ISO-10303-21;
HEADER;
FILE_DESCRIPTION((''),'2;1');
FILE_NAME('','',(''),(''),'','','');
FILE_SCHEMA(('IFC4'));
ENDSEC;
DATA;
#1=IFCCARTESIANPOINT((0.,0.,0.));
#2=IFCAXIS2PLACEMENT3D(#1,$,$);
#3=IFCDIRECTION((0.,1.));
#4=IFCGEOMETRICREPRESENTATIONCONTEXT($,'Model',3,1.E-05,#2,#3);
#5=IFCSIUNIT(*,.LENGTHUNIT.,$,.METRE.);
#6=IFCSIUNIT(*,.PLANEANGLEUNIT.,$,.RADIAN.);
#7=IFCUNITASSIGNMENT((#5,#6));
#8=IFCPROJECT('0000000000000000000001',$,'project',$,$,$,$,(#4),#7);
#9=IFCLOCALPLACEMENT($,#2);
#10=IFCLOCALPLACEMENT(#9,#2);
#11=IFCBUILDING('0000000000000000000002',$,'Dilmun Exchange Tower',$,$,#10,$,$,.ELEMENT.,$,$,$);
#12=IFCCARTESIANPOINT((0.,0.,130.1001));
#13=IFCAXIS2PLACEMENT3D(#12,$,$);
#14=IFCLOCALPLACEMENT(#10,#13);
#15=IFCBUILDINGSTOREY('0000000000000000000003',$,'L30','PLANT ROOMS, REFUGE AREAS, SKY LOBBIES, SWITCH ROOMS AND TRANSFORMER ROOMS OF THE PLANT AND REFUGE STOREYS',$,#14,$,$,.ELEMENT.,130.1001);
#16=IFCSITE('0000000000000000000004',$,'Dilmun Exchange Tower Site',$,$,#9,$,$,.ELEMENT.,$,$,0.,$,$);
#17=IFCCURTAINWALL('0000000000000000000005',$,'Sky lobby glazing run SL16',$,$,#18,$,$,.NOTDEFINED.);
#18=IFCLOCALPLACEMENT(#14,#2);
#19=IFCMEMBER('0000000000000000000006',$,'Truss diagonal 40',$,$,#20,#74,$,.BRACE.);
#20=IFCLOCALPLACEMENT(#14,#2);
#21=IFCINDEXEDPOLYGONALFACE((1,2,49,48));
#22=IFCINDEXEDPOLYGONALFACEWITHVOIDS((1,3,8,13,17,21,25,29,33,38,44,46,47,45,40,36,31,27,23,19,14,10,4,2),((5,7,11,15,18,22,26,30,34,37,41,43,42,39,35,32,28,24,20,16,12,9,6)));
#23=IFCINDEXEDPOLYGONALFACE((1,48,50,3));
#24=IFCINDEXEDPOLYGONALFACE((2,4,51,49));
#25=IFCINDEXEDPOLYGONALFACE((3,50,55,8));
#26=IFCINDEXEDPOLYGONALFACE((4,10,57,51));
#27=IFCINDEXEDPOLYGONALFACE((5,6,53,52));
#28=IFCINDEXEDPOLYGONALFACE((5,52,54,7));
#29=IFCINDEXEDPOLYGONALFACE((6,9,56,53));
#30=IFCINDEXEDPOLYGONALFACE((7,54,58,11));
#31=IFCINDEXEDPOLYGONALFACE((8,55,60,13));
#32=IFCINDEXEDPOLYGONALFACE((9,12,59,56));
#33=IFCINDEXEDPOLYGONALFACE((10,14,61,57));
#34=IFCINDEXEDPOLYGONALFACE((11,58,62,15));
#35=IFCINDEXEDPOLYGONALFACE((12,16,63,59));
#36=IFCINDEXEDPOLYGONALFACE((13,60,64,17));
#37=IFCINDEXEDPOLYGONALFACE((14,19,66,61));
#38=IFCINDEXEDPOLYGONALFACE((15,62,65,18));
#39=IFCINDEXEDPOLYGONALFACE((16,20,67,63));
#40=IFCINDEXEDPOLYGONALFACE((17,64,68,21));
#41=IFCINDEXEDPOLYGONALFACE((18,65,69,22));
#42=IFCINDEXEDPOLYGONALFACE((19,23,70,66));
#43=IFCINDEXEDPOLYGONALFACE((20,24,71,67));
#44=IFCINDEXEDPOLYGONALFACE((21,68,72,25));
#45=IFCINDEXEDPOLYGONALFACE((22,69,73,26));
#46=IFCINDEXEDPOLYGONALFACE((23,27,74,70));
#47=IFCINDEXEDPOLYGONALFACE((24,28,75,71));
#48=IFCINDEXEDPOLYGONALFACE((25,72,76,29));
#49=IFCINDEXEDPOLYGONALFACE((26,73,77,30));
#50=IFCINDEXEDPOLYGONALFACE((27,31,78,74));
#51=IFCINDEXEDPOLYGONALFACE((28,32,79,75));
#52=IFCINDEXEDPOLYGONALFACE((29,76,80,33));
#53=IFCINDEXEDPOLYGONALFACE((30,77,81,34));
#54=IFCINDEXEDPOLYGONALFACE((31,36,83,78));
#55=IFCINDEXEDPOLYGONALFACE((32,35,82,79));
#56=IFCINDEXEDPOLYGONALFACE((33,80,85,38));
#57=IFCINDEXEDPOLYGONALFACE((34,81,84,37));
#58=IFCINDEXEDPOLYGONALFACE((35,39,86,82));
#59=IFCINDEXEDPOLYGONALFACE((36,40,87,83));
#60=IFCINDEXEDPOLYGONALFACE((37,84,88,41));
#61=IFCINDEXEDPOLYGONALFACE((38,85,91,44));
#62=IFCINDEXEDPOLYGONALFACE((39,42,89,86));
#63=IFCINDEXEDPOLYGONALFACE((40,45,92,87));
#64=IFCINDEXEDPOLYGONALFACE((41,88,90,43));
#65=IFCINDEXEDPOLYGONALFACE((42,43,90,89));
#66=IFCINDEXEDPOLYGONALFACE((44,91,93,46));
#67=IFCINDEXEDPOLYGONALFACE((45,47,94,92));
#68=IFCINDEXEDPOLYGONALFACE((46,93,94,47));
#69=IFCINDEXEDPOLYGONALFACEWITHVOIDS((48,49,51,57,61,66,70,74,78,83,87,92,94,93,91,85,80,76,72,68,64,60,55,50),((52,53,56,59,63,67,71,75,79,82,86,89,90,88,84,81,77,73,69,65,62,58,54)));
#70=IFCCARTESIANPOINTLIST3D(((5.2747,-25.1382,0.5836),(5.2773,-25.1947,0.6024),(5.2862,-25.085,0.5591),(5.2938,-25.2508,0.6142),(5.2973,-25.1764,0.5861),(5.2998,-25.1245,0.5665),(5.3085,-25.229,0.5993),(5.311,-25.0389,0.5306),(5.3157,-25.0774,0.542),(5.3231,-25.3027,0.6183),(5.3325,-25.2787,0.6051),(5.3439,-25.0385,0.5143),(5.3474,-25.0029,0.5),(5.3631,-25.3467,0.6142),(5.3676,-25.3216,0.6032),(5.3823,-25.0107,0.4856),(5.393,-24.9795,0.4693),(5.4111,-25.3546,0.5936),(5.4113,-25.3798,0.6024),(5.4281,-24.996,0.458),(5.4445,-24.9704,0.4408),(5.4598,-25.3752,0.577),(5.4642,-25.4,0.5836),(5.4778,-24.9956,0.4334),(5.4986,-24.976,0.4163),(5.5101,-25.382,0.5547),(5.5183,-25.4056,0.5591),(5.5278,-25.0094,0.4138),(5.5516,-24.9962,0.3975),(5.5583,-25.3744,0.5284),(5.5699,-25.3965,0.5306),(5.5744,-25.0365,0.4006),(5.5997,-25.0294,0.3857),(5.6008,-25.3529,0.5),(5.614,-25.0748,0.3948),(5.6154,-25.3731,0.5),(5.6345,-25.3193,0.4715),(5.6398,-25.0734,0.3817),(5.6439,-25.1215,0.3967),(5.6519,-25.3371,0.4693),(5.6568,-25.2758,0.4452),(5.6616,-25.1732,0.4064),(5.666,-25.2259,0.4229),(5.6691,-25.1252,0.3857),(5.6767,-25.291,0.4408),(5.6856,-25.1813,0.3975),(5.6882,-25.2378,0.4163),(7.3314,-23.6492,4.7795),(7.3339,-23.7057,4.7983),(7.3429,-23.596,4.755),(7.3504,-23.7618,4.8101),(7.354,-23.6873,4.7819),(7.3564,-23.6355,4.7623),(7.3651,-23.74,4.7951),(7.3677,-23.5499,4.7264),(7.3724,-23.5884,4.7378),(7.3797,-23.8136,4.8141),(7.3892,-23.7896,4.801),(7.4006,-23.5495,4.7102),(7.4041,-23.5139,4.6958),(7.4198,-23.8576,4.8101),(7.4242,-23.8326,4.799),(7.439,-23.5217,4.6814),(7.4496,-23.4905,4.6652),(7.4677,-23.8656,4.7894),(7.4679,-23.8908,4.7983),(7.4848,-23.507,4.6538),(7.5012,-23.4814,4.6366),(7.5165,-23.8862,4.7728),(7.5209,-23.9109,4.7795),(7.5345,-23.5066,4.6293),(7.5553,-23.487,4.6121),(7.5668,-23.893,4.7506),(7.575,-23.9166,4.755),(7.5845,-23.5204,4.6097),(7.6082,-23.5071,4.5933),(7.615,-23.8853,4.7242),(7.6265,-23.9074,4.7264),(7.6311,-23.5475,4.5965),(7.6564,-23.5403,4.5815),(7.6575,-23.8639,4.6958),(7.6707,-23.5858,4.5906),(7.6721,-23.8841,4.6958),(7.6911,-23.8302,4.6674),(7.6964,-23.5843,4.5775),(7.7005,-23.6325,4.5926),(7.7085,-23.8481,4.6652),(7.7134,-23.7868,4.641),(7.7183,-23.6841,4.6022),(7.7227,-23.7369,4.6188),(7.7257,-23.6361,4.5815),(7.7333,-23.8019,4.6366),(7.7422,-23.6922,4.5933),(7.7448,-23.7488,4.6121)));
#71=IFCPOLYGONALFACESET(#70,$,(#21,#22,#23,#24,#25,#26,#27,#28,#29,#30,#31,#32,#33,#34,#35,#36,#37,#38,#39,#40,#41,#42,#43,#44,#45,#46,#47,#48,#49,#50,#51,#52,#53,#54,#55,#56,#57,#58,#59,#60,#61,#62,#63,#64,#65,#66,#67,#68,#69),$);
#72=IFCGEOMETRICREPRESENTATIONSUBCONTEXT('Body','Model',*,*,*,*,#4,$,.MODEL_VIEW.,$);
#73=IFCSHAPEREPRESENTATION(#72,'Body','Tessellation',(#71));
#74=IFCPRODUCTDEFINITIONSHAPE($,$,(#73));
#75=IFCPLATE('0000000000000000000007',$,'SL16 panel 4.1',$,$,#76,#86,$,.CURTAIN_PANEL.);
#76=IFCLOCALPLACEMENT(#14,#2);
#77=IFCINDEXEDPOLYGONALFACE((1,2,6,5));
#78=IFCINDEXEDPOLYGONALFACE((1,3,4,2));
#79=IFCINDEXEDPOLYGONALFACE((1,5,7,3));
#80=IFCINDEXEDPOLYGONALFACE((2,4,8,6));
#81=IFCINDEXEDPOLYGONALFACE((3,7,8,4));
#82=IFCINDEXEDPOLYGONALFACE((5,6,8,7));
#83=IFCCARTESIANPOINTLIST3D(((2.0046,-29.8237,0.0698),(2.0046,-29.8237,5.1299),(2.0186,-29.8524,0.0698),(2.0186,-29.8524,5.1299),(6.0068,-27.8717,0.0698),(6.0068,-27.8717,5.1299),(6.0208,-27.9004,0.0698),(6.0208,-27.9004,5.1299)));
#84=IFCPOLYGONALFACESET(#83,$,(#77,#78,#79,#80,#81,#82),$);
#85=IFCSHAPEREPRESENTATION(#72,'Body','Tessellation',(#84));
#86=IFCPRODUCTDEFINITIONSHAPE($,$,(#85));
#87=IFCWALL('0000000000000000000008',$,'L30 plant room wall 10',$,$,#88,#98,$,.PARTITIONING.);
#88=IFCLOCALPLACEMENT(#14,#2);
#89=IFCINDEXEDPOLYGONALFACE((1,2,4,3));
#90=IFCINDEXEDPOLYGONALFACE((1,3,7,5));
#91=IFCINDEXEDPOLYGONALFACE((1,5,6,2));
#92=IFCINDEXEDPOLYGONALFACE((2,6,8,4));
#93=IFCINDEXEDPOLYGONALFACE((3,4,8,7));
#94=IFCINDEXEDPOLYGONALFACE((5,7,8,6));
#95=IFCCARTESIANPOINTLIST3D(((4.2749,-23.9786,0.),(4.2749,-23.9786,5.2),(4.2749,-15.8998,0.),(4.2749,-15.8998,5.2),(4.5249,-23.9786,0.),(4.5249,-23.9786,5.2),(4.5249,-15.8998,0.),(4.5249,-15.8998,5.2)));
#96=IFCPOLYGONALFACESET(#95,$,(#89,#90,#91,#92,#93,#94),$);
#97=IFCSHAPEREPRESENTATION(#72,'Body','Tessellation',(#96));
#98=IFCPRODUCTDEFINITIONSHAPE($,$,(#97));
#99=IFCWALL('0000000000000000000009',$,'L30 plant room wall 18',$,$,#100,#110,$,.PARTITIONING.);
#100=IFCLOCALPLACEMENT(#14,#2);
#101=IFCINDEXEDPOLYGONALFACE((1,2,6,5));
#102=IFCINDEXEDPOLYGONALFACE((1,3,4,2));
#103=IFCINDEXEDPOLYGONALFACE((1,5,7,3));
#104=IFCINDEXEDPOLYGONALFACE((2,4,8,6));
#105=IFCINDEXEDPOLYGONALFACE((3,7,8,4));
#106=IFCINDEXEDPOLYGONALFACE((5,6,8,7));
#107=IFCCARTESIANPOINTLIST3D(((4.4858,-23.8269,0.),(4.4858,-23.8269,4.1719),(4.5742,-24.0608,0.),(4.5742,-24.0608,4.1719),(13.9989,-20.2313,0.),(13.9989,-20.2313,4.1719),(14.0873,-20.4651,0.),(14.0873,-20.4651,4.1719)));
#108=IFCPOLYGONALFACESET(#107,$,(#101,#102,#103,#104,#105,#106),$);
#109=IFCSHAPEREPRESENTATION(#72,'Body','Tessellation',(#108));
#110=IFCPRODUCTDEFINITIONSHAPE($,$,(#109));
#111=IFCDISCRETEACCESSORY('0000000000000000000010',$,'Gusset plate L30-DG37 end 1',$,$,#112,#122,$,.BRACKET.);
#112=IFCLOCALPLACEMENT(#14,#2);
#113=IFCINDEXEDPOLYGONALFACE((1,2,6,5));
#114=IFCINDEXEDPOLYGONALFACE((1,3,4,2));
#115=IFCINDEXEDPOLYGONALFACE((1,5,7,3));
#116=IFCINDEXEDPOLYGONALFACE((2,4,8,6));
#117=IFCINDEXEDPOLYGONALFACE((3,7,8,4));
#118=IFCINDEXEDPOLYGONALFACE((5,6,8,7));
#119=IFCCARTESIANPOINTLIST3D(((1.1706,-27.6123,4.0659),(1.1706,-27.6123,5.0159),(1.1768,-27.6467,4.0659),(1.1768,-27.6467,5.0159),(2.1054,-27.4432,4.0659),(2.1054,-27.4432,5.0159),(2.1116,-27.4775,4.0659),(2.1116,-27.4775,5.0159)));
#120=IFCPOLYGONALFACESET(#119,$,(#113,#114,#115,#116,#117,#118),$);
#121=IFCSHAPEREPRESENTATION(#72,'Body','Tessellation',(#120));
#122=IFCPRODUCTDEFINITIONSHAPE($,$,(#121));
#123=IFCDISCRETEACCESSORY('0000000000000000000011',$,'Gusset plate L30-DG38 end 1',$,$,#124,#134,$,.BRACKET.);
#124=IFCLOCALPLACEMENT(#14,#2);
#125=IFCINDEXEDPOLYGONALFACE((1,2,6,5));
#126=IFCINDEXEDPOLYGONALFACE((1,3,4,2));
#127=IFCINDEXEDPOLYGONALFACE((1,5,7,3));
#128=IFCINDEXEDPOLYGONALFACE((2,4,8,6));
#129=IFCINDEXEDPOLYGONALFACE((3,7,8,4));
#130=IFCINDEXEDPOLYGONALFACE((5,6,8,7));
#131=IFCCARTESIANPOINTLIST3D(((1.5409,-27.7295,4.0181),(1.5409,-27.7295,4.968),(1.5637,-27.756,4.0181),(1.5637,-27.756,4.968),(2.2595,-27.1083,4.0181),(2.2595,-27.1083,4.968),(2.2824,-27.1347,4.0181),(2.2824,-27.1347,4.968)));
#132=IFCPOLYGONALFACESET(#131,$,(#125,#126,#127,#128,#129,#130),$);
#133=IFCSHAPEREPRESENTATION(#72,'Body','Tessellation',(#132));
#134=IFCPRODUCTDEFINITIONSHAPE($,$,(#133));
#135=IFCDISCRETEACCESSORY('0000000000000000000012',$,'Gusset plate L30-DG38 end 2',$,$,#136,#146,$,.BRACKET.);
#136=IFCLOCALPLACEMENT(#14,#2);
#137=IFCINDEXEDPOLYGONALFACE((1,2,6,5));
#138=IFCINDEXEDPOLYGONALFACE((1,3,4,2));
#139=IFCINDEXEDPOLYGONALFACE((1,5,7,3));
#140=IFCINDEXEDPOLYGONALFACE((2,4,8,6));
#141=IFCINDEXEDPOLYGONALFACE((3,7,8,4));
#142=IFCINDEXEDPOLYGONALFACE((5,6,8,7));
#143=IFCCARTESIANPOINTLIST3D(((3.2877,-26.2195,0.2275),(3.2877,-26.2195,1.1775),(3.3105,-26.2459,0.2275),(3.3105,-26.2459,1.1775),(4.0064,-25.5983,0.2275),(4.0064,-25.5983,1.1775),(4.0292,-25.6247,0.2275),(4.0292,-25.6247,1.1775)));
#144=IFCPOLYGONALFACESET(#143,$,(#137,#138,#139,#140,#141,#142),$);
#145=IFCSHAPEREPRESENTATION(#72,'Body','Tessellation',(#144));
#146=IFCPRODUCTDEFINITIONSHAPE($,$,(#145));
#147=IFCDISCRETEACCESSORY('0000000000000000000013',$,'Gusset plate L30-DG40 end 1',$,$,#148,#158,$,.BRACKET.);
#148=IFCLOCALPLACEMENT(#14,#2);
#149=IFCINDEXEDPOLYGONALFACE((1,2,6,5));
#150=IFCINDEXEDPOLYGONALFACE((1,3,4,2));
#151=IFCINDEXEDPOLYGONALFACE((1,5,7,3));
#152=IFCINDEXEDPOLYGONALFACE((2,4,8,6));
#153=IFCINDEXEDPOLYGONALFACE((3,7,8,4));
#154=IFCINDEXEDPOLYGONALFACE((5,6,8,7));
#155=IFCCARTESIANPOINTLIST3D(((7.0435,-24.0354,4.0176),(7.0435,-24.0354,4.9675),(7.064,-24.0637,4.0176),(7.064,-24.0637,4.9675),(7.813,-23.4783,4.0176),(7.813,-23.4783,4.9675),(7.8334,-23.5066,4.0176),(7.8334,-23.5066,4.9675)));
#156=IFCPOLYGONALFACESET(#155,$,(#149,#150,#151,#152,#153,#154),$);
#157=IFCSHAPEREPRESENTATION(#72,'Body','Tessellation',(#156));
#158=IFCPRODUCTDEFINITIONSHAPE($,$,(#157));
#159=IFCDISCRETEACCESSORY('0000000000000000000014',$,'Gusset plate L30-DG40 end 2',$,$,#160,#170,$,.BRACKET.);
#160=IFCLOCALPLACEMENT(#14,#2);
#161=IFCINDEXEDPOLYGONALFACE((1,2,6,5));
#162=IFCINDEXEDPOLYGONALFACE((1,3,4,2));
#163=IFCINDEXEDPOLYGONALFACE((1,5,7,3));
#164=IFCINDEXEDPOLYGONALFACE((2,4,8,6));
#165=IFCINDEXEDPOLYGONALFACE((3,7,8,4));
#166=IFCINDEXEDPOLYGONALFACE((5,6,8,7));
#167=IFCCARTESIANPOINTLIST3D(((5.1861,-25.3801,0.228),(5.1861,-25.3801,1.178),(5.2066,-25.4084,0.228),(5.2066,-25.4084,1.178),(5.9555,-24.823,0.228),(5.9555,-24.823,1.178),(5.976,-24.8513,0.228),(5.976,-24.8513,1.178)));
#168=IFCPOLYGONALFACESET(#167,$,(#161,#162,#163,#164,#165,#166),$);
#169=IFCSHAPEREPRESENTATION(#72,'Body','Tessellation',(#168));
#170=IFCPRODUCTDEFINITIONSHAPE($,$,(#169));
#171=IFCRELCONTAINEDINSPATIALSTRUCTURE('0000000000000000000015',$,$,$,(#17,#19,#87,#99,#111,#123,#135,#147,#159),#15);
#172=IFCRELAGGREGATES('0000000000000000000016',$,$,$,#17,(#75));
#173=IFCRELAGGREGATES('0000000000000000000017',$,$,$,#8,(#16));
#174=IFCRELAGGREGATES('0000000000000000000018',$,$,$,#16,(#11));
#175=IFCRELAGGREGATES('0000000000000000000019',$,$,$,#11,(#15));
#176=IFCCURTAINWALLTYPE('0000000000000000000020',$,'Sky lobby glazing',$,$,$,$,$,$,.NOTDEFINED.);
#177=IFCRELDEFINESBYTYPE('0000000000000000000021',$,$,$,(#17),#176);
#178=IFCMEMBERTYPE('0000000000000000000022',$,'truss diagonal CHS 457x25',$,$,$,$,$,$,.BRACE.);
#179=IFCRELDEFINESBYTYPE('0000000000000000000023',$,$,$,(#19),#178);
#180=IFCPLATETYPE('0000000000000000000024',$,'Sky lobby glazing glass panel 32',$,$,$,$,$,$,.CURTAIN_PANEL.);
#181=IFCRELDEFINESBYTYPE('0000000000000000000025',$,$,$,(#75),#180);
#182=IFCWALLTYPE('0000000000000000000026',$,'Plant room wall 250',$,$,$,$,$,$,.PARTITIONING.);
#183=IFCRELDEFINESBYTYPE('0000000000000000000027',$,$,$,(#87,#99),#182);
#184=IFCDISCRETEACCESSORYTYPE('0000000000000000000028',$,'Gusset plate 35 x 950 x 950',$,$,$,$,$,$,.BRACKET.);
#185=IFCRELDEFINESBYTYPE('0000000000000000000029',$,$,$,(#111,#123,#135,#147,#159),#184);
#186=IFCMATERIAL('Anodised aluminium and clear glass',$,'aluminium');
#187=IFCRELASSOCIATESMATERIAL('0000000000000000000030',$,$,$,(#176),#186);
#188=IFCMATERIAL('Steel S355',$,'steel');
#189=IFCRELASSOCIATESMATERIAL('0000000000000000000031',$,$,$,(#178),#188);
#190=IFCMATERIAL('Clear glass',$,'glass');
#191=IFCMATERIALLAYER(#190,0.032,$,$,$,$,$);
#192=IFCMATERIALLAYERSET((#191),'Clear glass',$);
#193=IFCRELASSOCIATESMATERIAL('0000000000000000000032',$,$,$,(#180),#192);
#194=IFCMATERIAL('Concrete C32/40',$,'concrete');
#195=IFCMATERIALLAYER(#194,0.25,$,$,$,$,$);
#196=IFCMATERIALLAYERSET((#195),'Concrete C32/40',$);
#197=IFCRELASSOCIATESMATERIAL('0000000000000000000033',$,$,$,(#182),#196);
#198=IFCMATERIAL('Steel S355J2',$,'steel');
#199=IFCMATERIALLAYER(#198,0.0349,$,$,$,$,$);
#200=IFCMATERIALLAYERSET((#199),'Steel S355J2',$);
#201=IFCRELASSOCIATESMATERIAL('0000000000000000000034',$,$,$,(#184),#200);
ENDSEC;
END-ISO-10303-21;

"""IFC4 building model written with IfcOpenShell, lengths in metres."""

from ifc_helpers import new_model, si_unit, direction, frame, frame_2d, origin, origin_2d, place, context, subcontext, project, spatial, rectangle, hollow_circle, extrude, material, layer, layer_set, material_profile, profile_set, type_object, element, aggregate, save


model = new_model("IFC4")

# Units and contexts
model_context = context("Model", 3, precision=1e-05, world=origin(), true_north=direction((0.0, 1.0)))
body_context = subcontext(model_context, "Body", "Model", "MODEL_VIEW")
ifc_project = project(units=[si_unit("LENGTHUNIT", "METRE"), si_unit("PLANEANGLEUNIT", "RADIAN")], contexts=[model_context])

# Site, building, storey
site_placement = place(None, origin())
site = spatial("IfcSite", under=ifc_project, at=site_placement, Name="Dilmun Exchange Tower Site", CompositionType="ELEMENT", RefElevation=0.0)
building_placement = place(site_placement, origin())
building = spatial("IfcBuilding", under=site, at=building_placement, Name="Dilmun Exchange Tower", CompositionType="ELEMENT")
storey_placement = place(building_placement, frame((0.0, 0.0, 130.1001)))
storey = spatial("IfcBuildingStorey", under=building, at=storey_placement, Name="L30", Description="PLANT ROOMS, REFUGE AREAS, SKY LOBBIES, SWITCH ROOMS AND TRANSFORMER ROOMS OF THE PLANT AND REFUGE STOREYS", CompositionType="ELEMENT", Elevation=130.1001)

# Curtain wall
ifc_material_1 = material(Name="Anodised aluminium and clear glass", Category="aluminium")
curtain_wall_type = type_object("IfcCurtainWallType", Name="Sky lobby glazing", PredefinedType="NOTDEFINED", material=ifc_material_1)
curtain_wall_placement = place(storey_placement, origin())
curtain_wall = element("IfcCurtainWall", 1, at=curtain_wall_placement, inside=storey, type_object=curtain_wall_type, Name="Sky lobby glazing run SL16", PredefinedType="NOTDEFINED")

# Shared definitions
ifc_material_2 = material(Name="Steel S355", Category="steel")

# Member
ifc_material_profile_1 = material_profile(ifc_material_2, hollow_circle(Radius=0.2285, WallThickness=0.0249, at=origin_2d()), Name="CHS 457x25")
ifc_profile_set_1 = profile_set([ifc_material_profile_1], Name="Steel S355")
member_type_1 = type_object("IfcMemberType", Name="truss diagonal CHS 457x25", PredefinedType="BRACE", material=ifc_profile_set_1)
member_1_placement = place(storey_placement, frame((7.5381, -23.699, 4.6958), z_axis=(-0.419359, -0.303617, -0.855544), x_axis=(0.586438, -0.809994, 0.0)))
element("IfcMember", 2, at=member_1_placement, inside=storey, type_object=member_type_1, Name="Truss diagonal 40", PredefinedType="BRACE", context=body_context, shape_type="SweptSolid", body=[
    extrude(hollow_circle(Radius=0.2285, WallThickness=0.0249, at=origin_2d()), origin(), (0.0, 0.0, 1.0), 4.9043),
])

# Plate
ifc_material_3 = material(Name="Clear glass", Category="glass")
ifc_layer_1 = layer(ifc_material_3, 0.032)
ifc_layer_set_1 = layer_set([ifc_layer_1], Name="Clear glass")
plate_type = type_object("IfcPlateType", Name="Sky lobby glazing glass panel 32", PredefinedType="CURTAIN_PANEL", material=ifc_layer_set_1)
plate_placement = place(storey_placement, frame((4.0127, -28.8621, 0.0698), z_axis=(0.0, 0.0, 1.0), x_axis=(0.898794, 0.438371, 0.0)))
plate = element("IfcPlate", 3, at=plate_placement, type_object=plate_type, Name="SL16 panel 4.1", PredefinedType="CURTAIN_PANEL", context=body_context, shape_type="SweptSolid", body=[
    extrude(rectangle(XDim=4.4529, YDim=0.032, at=origin_2d()), origin(), (0.0, 0.0, 1.0), 5.0601),
])
aggregate(curtain_wall, [plate])

# Walls
ifc_material_4 = material(Name="Concrete C32/40", Category="concrete")
ifc_layer_2 = layer(ifc_material_4, 0.25)
ifc_layer_set_2 = layer_set([ifc_layer_2], Name="Concrete C32/40")
wall_type = type_object("IfcWallType", Name="Plant room wall 250", PredefinedType="PARTITIONING", material=ifc_layer_set_2)
wall_1_placement = place(storey_placement, frame((4.3999, -23.9788, 0.0), z_axis=(0.0, 0.0, 1.0), x_axis=(0.0, 1.0, 0.0)))
element("IfcWall", 4, at=wall_1_placement, inside=storey, type_object=wall_type, Name="L30 plant room wall 10", PredefinedType="PARTITIONING", context=body_context, shape_type="SweptSolid", body=[
    extrude(rectangle(XDim=8.0789, YDim=0.25, at=frame_2d((4.0396, 0.0))), origin(), (0.0, 0.0, 1.0), 5.2),
])
wall_2_placement = place(storey_placement, frame((4.53, -23.9438, 0.0), z_axis=(0.0, 0.0, 1.0), x_axis=(0.935412, 0.353558, 0.0)))
element("IfcWall", 5, at=wall_2_placement, inside=storey, type_object=wall_type, Name="L30 plant room wall 18", PredefinedType="PARTITIONING", context=body_context, shape_type="SweptSolid", body=[
    extrude(rectangle(XDim=10.1699, YDim=0.25, at=frame_2d((5.085, 0.0))), origin(), (0.0, 0.0, 1.0), 4.1719),
])

# Discrete accessories
ifc_material_5 = material(Name="Steel S355J2", Category="steel")
ifc_layer_3 = layer(ifc_material_5, 0.0349)
ifc_layer_set_3 = layer_set([ifc_layer_3], Name="Steel S355J2")
discrete_accessory_type = type_object("IfcDiscreteAccessoryType", Name="Gusset plate 35 x 950 x 950", PredefinedType="BRACKET", material=ifc_layer_set_3)
for number, where, z_axis, x_axis, name in (
    (6, (1.6411, -27.5449, 4.0659), (0.0, 0.0, 1.0), (-0.984022, -0.178047, 0.0), "Gusset plate L30-DG37 end 1"),
    (7, (1.9116, -27.4321, 4.0181), (0.0, 0.0, 1.0), (0.756527, 0.653962, 0.0), "Gusset plate L30-DG38 end 1"),
    (8, (3.6584, -25.9221, 0.2275), (0.0, 0.0, 1.0), (0.756527, 0.653962, 0.0), "Gusset plate L30-DG38 end 2"),
    (9, (7.4385, -23.771, 4.0176), (0.0, 0.0, 1.0), (-0.809997, -0.586435, 0.0), "Gusset plate L30-DG40 end 1"),
    (10, (5.5811, -25.1157, 0.228), (0.0, 0.0, 1.0), (-0.809997, -0.586435, 0.0), "Gusset plate L30-DG40 end 2"),
):
    element("IfcDiscreteAccessory", number, at=place(storey_placement, frame(where, z_axis=z_axis, x_axis=x_axis)), inside=storey, type_object=discrete_accessory_type, Name=name, PredefinedType="BRACKET", context=body_context, shape_type="SweptSolid", body=[
        extrude(rectangle(XDim=0.95, YDim=0.0349, at=origin_2d()), origin(), (0.0, 0.0, 1.0), 0.95),
    ])

save(model, "model.ifc")
